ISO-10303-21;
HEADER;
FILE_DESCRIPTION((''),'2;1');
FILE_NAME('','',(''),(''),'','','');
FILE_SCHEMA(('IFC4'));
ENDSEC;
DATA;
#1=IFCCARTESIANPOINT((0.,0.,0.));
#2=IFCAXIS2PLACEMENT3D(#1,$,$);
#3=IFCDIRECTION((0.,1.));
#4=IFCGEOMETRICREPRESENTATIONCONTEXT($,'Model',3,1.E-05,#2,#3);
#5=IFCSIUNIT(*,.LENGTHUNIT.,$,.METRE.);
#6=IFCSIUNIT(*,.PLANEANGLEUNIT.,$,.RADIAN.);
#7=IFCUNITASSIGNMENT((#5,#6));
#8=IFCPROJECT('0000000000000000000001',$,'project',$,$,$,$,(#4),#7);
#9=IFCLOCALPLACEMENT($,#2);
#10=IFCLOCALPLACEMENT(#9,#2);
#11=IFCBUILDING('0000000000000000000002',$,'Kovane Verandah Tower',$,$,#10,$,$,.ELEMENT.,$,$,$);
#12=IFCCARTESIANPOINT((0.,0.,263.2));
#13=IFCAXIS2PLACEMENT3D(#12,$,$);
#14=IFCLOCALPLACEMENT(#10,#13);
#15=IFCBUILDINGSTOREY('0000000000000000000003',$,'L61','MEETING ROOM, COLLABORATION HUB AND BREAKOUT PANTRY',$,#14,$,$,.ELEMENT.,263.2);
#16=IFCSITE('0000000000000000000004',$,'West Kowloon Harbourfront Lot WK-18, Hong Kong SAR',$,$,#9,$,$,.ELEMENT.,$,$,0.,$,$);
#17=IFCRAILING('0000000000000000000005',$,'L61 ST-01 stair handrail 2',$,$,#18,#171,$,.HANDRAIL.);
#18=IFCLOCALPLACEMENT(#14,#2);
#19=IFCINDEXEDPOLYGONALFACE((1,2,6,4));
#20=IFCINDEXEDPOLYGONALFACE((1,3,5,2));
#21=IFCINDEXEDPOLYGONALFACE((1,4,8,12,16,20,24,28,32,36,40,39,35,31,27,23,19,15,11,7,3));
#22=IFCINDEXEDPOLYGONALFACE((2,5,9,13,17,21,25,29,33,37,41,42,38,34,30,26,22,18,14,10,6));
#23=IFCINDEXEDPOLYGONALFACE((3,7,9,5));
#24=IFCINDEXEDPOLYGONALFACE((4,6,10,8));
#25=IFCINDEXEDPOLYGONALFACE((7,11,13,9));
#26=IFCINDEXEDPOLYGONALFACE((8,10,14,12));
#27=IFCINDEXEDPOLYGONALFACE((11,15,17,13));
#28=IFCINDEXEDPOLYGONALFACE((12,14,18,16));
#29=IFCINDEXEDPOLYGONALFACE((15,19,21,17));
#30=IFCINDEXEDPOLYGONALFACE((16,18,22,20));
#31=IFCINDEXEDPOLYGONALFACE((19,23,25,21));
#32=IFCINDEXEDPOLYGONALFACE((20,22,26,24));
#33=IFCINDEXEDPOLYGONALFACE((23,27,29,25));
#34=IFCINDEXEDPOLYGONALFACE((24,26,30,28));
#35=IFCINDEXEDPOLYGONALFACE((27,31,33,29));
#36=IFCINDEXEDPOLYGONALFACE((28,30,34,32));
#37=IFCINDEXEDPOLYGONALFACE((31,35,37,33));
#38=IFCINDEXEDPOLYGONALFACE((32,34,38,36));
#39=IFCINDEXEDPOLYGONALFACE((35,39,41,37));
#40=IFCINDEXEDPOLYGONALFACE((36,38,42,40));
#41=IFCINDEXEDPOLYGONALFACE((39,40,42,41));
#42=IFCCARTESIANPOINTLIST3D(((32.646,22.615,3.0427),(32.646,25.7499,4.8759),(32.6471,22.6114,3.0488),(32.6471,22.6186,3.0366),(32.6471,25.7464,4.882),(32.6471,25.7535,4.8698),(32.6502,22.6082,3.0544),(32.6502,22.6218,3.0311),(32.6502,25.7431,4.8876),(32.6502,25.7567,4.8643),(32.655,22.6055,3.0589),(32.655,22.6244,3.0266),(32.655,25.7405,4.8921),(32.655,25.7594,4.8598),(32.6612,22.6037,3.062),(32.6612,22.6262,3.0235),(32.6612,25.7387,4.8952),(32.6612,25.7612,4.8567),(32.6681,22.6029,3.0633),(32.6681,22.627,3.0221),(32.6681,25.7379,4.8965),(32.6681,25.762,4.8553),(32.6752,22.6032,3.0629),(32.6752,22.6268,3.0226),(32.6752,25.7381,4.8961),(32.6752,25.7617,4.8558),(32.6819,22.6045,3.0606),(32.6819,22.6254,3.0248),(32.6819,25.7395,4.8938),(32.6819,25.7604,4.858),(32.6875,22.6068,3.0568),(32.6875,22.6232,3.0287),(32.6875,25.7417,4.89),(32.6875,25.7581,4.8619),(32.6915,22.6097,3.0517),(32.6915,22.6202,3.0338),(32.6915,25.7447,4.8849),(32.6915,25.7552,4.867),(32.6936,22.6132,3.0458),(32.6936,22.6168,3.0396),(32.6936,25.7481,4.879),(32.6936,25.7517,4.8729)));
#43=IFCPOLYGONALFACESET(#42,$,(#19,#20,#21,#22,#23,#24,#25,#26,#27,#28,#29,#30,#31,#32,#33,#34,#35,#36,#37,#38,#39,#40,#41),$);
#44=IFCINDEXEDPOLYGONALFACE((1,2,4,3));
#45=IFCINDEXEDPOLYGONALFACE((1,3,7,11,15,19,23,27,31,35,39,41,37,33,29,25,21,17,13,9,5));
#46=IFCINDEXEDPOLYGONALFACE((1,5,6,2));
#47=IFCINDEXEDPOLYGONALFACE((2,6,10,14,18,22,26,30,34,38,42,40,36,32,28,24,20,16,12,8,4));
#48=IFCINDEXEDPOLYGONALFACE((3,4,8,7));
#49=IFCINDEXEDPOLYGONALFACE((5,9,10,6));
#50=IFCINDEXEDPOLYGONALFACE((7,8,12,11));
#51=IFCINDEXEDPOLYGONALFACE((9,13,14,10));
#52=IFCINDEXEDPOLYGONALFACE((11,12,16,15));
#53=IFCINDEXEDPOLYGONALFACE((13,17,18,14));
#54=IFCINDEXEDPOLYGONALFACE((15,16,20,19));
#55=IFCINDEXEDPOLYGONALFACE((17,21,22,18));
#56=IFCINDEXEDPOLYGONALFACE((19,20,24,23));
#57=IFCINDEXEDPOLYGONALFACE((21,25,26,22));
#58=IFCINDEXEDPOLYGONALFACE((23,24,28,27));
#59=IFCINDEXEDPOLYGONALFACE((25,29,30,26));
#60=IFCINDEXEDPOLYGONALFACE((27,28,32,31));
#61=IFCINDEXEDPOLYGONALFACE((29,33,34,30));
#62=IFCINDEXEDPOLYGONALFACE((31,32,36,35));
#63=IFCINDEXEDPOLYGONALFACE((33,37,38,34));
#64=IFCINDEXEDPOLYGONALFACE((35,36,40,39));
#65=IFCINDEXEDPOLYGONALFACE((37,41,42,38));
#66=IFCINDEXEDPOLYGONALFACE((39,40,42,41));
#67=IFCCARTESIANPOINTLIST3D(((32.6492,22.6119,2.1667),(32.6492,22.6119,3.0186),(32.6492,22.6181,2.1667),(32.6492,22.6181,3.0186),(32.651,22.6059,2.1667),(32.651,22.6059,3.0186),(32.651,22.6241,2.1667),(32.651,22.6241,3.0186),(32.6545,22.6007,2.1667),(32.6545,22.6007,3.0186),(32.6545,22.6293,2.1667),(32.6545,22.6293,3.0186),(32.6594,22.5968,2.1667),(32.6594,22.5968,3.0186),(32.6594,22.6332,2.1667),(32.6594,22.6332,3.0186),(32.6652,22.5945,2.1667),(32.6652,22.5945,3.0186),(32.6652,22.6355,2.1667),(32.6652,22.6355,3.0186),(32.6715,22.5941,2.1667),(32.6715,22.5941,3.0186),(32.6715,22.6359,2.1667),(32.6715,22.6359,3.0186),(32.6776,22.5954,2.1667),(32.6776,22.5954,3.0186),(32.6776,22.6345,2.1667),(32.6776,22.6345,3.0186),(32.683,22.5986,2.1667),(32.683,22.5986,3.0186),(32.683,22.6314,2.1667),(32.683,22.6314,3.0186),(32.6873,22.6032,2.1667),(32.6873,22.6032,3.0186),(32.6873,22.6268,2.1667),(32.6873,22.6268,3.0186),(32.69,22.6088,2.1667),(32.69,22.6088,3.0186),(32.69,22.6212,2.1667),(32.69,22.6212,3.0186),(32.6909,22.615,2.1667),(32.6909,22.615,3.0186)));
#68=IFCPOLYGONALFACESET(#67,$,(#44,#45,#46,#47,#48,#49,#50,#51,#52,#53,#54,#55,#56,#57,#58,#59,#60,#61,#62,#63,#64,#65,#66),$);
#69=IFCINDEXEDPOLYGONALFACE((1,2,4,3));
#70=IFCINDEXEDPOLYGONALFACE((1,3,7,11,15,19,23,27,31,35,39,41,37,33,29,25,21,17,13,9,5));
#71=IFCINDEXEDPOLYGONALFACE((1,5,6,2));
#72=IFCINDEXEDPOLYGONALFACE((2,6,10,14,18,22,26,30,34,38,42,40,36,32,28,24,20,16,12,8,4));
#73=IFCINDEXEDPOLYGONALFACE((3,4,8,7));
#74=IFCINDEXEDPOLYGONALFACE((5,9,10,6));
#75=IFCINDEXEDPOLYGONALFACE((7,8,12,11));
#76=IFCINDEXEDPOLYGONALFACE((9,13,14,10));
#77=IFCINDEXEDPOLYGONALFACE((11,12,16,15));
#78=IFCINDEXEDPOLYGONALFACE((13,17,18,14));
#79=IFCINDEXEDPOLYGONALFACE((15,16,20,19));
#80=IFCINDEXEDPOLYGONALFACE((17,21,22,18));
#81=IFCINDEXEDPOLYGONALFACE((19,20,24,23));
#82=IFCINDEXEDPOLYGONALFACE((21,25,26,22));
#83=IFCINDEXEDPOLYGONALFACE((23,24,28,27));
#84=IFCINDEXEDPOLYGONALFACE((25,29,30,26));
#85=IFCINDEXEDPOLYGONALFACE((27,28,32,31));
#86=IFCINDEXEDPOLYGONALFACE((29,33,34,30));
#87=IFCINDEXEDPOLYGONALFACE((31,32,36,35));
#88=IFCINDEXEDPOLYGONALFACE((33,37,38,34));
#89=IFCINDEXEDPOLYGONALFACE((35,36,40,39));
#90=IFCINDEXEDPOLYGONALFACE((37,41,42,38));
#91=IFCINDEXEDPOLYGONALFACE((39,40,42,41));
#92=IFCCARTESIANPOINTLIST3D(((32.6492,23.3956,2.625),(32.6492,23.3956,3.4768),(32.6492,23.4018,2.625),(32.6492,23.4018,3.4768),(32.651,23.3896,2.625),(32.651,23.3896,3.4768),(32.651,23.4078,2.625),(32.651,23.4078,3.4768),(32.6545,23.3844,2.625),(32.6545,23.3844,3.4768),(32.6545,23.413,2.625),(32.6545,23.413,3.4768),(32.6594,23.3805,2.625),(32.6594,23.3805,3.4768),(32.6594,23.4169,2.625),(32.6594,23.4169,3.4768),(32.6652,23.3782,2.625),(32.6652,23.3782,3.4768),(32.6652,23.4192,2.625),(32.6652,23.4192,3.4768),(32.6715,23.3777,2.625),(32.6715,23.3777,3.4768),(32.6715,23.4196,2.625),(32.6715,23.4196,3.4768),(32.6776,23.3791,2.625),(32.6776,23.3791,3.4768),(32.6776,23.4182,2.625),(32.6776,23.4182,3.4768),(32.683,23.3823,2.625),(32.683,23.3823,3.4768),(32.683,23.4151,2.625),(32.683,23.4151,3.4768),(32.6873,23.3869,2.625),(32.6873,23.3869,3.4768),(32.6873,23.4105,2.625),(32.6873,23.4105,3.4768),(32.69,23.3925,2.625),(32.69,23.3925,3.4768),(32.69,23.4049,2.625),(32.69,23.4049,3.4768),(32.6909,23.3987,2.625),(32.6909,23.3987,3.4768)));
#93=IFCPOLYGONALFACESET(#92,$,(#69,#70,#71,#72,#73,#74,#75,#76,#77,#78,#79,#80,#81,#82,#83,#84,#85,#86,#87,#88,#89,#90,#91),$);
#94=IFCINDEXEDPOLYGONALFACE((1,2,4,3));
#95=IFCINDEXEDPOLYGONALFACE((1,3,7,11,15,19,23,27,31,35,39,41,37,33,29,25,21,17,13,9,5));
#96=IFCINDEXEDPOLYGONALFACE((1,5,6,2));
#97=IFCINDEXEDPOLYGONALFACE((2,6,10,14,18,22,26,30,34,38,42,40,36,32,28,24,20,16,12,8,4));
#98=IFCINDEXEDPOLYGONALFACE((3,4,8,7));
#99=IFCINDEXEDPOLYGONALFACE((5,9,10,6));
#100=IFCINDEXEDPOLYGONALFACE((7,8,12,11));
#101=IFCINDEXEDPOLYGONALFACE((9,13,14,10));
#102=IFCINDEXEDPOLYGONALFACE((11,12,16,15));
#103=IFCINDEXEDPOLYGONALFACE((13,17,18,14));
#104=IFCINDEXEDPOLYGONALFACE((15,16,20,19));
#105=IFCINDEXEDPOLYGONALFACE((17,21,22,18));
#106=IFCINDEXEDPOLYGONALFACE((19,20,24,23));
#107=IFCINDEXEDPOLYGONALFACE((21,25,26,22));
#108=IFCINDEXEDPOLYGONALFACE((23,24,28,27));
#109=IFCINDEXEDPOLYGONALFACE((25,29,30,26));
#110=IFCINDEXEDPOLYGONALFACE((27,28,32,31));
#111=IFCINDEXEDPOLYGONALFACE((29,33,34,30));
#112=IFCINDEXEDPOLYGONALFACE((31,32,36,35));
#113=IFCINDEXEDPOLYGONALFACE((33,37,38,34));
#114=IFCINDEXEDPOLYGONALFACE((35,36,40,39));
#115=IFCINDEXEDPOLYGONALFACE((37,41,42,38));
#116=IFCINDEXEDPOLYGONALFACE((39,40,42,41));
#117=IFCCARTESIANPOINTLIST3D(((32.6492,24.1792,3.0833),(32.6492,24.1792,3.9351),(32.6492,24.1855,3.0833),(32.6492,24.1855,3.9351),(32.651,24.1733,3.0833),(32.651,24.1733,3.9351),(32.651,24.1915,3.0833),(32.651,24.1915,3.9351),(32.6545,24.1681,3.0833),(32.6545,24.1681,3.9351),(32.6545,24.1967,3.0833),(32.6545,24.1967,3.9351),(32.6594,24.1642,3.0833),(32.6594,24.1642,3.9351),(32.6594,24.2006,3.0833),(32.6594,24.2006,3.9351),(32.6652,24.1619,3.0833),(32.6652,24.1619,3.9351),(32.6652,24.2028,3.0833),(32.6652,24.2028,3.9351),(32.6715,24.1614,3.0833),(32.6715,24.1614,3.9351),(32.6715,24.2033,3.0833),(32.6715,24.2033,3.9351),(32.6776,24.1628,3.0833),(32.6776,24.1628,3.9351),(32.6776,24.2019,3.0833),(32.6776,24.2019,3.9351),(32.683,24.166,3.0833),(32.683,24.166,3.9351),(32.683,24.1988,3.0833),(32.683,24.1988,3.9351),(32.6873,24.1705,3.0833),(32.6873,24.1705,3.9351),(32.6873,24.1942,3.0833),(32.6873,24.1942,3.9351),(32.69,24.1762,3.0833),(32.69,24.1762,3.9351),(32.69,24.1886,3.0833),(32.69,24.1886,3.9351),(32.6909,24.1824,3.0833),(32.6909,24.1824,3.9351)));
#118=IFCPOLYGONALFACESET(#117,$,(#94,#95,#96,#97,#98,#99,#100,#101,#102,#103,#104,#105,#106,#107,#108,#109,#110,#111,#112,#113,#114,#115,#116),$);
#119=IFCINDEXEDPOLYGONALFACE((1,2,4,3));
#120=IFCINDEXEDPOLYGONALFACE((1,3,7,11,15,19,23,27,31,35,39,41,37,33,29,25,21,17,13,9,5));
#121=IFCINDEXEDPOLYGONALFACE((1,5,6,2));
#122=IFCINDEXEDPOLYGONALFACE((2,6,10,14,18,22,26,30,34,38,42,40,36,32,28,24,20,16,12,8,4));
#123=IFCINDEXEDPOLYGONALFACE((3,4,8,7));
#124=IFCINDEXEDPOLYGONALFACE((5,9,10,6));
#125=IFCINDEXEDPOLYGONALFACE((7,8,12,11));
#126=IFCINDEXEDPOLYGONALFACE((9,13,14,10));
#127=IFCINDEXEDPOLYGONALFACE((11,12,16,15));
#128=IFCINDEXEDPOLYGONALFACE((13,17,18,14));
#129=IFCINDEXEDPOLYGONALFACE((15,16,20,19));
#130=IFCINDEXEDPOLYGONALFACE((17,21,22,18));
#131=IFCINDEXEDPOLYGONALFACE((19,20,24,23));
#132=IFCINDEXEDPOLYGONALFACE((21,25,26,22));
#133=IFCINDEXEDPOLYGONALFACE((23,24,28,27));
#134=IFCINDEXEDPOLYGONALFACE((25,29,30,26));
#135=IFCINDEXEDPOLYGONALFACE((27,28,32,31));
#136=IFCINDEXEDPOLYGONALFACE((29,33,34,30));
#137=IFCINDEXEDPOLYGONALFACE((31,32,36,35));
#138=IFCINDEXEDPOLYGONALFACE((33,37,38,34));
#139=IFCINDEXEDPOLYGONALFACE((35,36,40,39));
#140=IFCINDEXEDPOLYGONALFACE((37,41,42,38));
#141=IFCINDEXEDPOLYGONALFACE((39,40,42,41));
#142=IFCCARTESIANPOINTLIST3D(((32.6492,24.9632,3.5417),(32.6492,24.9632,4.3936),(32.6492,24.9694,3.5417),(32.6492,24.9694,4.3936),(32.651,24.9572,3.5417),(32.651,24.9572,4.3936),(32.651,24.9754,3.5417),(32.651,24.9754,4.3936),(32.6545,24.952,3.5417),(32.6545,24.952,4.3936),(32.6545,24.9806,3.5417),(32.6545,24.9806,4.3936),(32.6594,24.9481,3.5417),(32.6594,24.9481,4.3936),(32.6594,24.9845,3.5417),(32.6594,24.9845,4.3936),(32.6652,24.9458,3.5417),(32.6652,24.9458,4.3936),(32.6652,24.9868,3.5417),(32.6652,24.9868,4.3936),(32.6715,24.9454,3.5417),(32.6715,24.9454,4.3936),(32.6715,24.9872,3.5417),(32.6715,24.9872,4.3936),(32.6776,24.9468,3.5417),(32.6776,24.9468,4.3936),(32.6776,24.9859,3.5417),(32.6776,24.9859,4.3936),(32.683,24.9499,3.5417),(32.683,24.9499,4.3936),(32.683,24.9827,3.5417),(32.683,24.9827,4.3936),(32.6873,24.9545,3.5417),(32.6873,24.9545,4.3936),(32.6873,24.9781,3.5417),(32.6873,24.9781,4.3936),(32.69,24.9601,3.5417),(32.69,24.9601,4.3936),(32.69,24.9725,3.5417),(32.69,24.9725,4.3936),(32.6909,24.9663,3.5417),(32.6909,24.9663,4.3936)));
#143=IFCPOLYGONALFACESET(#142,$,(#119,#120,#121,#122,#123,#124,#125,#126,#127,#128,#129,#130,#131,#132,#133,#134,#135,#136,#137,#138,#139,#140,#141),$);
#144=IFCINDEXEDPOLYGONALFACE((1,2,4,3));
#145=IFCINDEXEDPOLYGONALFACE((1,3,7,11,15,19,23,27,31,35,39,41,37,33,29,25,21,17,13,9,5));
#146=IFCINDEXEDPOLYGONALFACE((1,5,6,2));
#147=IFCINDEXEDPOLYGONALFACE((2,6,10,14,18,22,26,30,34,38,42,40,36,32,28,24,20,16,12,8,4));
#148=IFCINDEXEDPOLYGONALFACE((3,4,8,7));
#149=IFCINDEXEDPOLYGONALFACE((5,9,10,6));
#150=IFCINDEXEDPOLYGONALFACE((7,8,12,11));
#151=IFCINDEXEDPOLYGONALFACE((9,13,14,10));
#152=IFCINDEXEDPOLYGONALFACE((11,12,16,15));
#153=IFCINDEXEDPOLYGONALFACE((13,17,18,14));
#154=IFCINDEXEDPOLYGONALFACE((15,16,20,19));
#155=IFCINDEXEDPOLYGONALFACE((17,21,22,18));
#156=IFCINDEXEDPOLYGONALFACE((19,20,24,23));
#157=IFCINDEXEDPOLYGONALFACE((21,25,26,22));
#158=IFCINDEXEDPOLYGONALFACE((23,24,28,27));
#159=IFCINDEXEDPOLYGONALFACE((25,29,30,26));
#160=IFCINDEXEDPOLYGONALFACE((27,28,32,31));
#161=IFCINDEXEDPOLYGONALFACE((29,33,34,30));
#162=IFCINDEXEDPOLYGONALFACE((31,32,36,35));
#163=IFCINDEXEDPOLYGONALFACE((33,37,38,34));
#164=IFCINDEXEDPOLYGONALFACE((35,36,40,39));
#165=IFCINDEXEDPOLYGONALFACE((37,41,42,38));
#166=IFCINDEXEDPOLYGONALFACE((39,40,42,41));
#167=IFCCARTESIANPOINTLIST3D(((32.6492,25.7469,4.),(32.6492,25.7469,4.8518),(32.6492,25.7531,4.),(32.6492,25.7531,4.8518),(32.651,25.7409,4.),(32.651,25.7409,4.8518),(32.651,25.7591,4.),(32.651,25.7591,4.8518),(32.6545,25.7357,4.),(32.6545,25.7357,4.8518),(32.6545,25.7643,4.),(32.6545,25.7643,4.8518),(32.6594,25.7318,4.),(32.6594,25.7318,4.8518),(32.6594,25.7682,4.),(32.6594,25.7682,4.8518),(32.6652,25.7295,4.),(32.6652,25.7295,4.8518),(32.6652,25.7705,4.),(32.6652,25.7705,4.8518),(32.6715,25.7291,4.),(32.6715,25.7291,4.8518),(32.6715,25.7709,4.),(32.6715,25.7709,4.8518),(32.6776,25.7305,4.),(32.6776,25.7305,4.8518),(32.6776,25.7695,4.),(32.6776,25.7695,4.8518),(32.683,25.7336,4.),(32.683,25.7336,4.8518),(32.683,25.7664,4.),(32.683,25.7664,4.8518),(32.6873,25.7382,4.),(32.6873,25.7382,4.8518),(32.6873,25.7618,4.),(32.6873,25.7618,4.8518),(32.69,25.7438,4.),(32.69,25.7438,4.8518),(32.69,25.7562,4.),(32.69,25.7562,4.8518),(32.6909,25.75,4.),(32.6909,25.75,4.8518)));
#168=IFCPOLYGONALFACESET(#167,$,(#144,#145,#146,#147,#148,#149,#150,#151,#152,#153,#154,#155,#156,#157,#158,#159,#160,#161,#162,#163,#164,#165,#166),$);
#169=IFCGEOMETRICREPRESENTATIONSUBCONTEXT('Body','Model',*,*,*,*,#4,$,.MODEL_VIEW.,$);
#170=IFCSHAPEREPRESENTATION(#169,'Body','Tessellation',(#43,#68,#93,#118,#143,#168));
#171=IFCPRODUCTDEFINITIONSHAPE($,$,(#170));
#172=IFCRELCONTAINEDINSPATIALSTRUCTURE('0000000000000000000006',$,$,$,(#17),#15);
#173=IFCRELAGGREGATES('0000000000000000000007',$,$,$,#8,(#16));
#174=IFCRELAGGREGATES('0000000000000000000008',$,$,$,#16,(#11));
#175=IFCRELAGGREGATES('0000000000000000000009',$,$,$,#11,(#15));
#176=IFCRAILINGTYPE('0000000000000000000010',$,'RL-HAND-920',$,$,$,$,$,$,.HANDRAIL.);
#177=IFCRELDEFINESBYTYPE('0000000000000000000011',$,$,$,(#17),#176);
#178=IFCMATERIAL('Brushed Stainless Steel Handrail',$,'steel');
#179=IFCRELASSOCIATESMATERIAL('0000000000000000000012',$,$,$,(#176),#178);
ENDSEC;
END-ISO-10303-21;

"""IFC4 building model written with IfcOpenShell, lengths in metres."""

from ifc_helpers import new_model, si_unit, direction, frame, origin, origin_2d, place, context, subcontext, project, spatial, circle, extrude, material, type_object, element, save


model = new_model("IFC4")

# Units and contexts
model_context = context("Model", 3, precision=1e-05, world=origin(), true_north=direction((0.0, 1.0)))
body_context = subcontext(model_context, "Body", "Model", "MODEL_VIEW")
ifc_project = project(units=[si_unit("LENGTHUNIT", "METRE"), si_unit("PLANEANGLEUNIT", "RADIAN")], contexts=[model_context])

# Site, building, storey
site_placement = place(None, origin())
site = spatial("IfcSite", under=ifc_project, at=site_placement, Name="West Kowloon Harbourfront Lot WK-18, Hong Kong SAR", CompositionType="ELEMENT", RefElevation=0.0)
building_placement = place(site_placement, origin())
building = spatial("IfcBuilding", under=site, at=building_placement, Name="Kovane Verandah Tower", CompositionType="ELEMENT")
storey_placement = place(building_placement, frame((0.0, 0.0, 263.2)))
storey = spatial("IfcBuildingStorey", under=building, at=storey_placement, Name="L61", Description="MEETING ROOM, COLLABORATION HUB AND BREAKOUT PANTRY", CompositionType="ELEMENT", Elevation=263.2)

# Railing
ifc_material_1 = material(Name="Brushed Stainless Steel Handrail", Category="steel")
railing_type_1 = type_object("IfcRailingType", Name="RL-HAND-920", PredefinedType="HANDRAIL", material=ifc_material_1)
railing_1_placement = place(storey_placement, frame((32.6699, 22.615, 2.1667)))
element("IfcRailing", 1, at=railing_1_placement, inside=storey, type_object=railing_type_1, Name="L61 ST-01 stair handrail 2", PredefinedType="HANDRAIL", context=body_context, shape_type="SweptSolid", body=[
    extrude(circle(Radius=0.0239, at=origin_2d()), frame((0.0, 0.0, 0.876), z_axis=(0.0, 0.86324, 0.504794), x_axis=(-1.0, 0.0, 0.0)), (0.0, 0.0, 1.0), 3.6316),
    extrude(circle(Radius=0.021, at=origin_2d()), origin(), (0.0, 0.0, 1.0), 0.8518),
    extrude(circle(Radius=0.021, at=origin_2d()), frame((0.0, 0.7837, 0.4583)), (0.0, 0.0, 1.0), 0.8518),
    extrude(circle(Radius=0.021, at=origin_2d()), frame((0.0, 1.5674, 0.9165)), (0.0, 0.0, 1.0), 0.8518),
    extrude(circle(Radius=0.021, at=origin_2d()), frame((0.0, 2.3513, 1.375)), (0.0, 0.0, 1.0), 0.8518),
    extrude(circle(Radius=0.021, at=origin_2d()), frame((0.0, 3.135, 1.8333)), (0.0, 0.0, 1.0), 0.8518),
])

save(model, "model.ifc")
